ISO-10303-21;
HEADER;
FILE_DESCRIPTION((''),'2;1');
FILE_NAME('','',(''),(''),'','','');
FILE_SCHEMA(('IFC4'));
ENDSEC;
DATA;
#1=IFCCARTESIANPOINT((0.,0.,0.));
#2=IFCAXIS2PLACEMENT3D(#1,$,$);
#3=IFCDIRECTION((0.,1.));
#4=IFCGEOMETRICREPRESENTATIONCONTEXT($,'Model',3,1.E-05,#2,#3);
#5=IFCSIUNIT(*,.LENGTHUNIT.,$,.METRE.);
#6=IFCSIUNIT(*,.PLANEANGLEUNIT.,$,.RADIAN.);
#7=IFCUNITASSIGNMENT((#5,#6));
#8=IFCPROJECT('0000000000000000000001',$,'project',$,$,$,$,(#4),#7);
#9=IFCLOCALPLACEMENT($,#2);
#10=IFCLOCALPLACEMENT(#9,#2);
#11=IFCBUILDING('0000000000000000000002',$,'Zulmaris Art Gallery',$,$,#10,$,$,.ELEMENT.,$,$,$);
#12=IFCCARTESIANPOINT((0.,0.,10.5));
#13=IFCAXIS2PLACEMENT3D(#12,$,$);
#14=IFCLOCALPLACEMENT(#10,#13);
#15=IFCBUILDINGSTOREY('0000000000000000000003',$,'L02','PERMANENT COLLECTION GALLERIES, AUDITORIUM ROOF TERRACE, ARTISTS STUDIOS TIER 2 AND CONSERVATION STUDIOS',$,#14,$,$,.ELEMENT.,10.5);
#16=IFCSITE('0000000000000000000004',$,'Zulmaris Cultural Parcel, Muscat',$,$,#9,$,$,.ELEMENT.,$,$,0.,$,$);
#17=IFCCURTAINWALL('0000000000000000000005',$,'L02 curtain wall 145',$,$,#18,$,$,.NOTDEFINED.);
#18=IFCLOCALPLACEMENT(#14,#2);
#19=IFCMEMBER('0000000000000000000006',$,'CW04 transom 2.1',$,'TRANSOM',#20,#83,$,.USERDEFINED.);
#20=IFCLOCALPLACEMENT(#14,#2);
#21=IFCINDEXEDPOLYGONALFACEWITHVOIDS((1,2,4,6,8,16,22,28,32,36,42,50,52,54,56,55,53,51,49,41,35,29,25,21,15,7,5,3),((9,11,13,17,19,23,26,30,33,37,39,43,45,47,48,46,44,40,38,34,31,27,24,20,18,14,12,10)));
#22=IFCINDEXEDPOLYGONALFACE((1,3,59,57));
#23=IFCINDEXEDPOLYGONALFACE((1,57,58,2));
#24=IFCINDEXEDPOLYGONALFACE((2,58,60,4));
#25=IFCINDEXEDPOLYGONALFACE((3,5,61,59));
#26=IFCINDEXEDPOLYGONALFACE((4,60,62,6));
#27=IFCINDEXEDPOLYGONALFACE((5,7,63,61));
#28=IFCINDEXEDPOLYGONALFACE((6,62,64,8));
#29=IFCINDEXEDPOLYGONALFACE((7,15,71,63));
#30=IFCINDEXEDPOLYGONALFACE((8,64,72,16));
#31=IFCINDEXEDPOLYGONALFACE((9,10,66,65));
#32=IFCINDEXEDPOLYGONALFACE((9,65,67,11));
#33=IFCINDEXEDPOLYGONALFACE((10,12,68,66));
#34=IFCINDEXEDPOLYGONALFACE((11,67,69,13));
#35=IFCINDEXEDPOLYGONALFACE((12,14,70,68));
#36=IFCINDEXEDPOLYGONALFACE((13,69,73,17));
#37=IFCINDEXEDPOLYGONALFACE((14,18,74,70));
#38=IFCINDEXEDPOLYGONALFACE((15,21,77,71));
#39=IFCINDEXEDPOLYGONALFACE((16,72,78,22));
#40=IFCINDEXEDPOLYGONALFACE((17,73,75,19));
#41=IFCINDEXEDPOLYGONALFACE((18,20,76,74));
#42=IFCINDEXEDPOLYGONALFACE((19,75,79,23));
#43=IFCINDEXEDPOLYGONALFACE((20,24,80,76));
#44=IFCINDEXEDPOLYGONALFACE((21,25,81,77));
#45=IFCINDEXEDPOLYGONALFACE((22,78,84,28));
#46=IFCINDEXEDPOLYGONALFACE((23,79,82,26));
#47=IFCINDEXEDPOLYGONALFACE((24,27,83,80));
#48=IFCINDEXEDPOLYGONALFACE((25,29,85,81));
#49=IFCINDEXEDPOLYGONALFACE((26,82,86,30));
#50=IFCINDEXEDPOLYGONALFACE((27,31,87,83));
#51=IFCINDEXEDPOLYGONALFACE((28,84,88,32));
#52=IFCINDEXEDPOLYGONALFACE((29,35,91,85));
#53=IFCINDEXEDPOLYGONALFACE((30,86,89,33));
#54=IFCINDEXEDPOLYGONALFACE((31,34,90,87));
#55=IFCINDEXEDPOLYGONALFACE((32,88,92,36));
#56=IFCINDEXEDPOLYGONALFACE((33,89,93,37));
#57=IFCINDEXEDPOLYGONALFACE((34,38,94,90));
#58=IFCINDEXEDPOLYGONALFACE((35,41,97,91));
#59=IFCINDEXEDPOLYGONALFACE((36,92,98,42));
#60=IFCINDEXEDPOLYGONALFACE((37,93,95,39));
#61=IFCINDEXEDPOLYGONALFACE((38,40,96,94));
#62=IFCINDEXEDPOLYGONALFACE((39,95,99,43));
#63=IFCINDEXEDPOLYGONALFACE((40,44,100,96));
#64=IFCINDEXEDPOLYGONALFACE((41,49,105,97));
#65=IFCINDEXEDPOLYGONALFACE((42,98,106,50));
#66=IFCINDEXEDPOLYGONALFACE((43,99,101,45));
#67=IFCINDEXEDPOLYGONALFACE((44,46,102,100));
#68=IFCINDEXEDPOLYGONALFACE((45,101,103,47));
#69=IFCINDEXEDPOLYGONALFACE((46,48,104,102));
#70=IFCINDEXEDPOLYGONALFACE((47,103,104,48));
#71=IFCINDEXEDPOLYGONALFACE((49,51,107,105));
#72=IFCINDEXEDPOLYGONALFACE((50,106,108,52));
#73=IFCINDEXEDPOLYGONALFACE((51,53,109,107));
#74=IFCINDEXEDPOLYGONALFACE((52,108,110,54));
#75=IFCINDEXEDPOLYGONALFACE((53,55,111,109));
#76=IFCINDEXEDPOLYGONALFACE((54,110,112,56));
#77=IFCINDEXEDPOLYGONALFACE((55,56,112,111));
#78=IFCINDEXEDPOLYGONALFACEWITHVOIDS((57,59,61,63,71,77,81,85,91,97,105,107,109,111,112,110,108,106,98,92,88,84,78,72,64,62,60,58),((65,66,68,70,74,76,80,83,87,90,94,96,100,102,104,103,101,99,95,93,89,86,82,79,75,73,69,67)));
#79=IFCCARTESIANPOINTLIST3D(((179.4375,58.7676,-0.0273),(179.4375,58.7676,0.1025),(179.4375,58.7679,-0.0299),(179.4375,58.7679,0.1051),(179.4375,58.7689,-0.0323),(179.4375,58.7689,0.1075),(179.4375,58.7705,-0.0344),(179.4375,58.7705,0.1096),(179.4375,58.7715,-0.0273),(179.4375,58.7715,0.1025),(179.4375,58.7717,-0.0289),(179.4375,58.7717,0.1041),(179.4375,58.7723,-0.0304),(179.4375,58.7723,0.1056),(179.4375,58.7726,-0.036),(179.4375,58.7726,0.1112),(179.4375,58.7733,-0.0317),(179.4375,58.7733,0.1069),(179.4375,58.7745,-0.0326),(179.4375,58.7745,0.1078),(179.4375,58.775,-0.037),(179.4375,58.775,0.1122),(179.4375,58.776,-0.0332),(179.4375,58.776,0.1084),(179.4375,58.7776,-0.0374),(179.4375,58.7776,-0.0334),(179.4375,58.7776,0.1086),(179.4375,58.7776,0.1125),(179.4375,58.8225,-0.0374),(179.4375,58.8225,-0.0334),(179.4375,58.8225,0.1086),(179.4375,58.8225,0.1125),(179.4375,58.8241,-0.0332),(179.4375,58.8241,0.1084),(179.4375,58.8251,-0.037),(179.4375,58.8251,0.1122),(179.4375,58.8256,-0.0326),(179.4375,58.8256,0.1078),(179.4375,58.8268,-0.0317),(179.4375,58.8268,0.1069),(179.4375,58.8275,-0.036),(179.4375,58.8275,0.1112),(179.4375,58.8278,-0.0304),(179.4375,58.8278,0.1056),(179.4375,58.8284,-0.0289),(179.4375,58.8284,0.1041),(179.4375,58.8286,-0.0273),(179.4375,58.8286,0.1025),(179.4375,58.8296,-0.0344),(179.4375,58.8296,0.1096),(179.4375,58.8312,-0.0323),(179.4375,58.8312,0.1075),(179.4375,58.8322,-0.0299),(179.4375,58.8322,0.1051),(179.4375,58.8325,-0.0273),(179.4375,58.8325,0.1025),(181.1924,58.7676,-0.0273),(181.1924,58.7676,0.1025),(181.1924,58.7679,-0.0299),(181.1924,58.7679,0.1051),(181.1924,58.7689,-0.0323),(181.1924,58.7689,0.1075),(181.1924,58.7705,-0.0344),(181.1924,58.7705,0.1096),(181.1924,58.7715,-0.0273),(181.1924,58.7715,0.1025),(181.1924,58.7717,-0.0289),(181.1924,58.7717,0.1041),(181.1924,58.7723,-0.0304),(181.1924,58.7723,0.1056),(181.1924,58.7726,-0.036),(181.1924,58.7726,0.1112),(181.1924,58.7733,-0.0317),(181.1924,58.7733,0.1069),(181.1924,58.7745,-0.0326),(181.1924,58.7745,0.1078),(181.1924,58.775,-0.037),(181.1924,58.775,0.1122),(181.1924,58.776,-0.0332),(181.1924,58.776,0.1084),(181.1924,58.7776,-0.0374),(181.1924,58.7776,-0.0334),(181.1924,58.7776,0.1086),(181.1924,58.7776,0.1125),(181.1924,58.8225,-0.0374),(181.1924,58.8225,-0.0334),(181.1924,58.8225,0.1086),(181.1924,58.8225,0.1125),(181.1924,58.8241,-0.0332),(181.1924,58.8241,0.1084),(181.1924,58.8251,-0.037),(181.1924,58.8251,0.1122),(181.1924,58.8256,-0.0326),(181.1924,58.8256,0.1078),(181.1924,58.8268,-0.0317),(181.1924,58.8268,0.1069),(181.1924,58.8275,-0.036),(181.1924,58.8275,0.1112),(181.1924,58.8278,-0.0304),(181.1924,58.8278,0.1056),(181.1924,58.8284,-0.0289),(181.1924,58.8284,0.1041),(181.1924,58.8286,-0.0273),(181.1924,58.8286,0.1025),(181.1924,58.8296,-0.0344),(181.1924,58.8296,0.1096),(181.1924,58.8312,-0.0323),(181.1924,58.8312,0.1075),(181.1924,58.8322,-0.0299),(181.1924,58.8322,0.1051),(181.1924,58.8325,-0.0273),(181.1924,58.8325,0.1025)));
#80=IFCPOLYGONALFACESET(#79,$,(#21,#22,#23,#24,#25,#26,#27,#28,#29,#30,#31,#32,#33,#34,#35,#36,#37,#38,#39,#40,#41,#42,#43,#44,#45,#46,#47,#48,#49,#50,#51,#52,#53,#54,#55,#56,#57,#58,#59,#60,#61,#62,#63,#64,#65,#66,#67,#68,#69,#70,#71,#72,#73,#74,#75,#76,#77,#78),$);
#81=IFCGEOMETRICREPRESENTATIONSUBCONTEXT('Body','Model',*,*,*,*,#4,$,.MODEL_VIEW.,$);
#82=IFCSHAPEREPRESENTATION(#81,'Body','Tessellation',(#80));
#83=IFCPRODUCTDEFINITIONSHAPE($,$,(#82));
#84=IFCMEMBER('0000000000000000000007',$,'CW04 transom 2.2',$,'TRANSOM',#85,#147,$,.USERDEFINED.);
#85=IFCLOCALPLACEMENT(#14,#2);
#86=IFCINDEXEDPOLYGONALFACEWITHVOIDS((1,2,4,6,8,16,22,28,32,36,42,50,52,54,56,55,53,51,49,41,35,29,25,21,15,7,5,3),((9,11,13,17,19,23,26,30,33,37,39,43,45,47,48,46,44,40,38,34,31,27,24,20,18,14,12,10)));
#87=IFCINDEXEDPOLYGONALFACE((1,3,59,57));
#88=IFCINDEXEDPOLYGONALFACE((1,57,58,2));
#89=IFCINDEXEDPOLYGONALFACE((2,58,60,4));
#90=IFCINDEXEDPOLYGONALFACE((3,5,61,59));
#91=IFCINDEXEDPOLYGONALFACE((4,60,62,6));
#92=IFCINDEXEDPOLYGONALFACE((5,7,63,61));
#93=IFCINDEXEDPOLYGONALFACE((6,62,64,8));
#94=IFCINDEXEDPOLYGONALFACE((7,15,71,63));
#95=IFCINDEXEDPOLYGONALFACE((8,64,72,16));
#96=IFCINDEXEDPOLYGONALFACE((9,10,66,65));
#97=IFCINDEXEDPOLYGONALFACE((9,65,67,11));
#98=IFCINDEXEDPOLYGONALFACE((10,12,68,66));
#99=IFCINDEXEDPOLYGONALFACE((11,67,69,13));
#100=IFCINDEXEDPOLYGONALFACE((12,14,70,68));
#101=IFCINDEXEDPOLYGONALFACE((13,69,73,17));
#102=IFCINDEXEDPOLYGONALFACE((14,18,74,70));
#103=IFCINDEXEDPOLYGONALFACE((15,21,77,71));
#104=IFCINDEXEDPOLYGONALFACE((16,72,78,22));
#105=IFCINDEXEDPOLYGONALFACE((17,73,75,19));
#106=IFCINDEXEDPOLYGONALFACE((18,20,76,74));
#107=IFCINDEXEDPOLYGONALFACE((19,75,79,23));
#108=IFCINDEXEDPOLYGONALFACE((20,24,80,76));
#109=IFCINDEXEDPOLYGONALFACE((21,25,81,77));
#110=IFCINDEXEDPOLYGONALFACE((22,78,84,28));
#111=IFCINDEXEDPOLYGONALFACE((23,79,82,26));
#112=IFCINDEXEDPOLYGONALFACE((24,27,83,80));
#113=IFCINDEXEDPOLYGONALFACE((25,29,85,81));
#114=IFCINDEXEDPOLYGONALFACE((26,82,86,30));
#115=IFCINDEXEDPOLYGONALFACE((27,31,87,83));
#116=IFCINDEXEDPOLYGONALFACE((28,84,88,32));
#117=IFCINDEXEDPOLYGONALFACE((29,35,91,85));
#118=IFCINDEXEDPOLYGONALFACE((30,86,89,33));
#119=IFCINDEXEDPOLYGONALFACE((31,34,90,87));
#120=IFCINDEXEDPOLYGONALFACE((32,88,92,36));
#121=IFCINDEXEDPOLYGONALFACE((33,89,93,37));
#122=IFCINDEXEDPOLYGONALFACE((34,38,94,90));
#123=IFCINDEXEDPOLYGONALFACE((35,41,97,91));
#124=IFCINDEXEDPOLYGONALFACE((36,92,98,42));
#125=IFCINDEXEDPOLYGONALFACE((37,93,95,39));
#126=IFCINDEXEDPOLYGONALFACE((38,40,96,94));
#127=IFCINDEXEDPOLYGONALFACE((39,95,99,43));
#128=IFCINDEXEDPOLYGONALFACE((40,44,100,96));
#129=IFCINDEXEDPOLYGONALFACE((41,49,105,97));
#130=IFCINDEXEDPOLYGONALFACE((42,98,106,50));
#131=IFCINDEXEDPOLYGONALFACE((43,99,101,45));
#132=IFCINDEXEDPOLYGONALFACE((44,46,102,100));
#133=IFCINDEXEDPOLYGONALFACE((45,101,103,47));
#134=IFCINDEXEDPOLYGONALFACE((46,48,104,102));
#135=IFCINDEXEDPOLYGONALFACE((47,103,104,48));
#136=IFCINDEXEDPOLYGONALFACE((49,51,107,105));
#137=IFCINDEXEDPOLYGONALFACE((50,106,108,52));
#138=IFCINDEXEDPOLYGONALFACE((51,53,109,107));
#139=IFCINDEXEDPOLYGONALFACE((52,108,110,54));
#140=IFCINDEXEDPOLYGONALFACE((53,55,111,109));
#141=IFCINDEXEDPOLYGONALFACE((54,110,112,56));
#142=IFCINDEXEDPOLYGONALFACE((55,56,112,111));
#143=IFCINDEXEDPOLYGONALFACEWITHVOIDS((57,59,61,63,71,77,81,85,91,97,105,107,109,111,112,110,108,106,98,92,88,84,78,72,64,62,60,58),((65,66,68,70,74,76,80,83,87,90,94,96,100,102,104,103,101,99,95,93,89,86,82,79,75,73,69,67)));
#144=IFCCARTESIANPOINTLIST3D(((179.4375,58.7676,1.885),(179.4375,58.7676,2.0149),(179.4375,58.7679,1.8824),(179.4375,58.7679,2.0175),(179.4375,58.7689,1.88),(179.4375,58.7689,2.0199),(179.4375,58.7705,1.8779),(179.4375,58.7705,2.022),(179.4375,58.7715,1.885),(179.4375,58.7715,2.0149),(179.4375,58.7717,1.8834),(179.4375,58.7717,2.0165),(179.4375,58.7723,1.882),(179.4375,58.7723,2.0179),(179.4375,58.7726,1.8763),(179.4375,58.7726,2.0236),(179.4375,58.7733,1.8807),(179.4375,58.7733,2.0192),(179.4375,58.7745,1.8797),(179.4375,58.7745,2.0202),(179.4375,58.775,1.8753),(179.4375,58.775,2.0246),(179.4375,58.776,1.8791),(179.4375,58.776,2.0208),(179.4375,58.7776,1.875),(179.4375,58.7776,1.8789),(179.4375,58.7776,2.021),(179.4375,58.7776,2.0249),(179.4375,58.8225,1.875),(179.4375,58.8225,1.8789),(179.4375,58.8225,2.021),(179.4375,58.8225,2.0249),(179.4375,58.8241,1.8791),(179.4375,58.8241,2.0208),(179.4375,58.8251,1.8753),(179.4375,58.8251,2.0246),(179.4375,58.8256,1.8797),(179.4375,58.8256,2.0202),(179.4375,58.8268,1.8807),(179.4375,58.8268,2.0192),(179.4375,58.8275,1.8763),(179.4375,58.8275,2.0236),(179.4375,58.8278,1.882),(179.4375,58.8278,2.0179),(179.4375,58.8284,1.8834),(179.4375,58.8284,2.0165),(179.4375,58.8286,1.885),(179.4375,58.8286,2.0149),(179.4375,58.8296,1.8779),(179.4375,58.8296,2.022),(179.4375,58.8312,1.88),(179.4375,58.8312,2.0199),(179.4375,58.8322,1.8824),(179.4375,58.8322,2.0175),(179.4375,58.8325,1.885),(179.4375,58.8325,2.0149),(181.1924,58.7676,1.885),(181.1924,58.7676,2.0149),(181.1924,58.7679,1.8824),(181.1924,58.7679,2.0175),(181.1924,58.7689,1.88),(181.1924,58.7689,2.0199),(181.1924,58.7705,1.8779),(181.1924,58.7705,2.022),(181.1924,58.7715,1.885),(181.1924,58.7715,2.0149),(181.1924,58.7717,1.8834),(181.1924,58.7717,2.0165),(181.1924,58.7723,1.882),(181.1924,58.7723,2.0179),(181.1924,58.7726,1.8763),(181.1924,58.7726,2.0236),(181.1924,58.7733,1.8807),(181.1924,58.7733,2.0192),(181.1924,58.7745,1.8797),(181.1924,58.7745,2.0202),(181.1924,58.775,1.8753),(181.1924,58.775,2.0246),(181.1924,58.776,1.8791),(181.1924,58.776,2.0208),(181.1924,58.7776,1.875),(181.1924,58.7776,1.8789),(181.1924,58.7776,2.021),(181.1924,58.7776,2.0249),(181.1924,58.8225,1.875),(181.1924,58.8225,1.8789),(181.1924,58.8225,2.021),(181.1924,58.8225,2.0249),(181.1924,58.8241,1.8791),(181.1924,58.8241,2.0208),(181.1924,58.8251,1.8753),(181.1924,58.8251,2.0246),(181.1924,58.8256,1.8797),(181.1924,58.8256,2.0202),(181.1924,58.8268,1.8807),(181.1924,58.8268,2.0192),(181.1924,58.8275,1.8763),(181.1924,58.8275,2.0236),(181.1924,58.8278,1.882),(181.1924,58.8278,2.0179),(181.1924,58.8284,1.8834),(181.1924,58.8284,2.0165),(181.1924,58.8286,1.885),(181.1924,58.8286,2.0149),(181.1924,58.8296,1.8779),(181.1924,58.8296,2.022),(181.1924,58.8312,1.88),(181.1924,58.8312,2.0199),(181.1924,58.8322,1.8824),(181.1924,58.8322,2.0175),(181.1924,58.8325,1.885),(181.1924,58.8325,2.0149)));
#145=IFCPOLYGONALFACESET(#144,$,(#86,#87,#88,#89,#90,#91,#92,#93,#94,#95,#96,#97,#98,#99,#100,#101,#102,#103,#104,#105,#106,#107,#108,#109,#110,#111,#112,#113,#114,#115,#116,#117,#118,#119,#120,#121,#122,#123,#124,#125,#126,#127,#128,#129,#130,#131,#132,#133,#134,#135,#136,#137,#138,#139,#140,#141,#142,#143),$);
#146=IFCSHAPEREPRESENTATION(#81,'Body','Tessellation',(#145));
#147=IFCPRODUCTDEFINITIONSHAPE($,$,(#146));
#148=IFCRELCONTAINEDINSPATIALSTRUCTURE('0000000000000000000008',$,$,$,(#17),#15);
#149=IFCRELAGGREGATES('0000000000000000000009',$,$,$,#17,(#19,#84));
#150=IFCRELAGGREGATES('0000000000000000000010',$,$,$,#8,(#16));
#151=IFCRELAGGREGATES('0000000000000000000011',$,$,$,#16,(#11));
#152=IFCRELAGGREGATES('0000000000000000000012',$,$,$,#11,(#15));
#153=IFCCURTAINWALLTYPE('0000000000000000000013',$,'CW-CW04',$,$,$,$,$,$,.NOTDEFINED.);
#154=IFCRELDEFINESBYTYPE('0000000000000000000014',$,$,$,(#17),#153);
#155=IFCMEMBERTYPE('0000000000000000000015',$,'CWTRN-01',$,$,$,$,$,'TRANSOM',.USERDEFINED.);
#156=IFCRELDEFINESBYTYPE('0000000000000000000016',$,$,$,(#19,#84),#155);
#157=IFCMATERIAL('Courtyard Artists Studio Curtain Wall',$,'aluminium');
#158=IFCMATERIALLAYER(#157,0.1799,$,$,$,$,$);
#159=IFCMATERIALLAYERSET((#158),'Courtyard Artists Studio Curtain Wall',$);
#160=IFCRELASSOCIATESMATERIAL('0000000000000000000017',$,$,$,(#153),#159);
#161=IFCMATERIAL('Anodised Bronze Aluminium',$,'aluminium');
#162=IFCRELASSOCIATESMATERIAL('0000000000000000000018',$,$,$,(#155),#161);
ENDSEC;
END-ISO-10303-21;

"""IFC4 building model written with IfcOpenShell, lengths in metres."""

from ifc_helpers import new_model, si_unit, direction, frame, origin, origin_2d, place, context, subcontext, project, spatial, hollow_rectangle, extrude, material, layer, layer_set, material_profile, profile_set, type_object, element, aggregate, save


model = new_model("IFC4")

# Units and contexts
model_context = context("Model", 3, precision=1e-05, world=origin(), true_north=direction((0.0, 1.0)))
body_context = subcontext(model_context, "Body", "Model", "MODEL_VIEW")
ifc_project = project(units=[si_unit("LENGTHUNIT", "METRE"), si_unit("PLANEANGLEUNIT", "RADIAN")], contexts=[model_context])

# Site, building, storey
site_placement = place(None, origin())
site = spatial("IfcSite", under=ifc_project, at=site_placement, Name="Zulmaris Cultural Parcel, Muscat", CompositionType="ELEMENT", RefElevation=0.0)
building_placement = place(site_placement, origin())
building = spatial("IfcBuilding", under=site, at=building_placement, Name="Zulmaris Art Gallery", CompositionType="ELEMENT")
storey_placement = place(building_placement, frame((0.0, 0.0, 10.5)))
storey = spatial("IfcBuildingStorey", under=building, at=storey_placement, Name="L02", Description="PERMANENT COLLECTION GALLERIES, AUDITORIUM ROOF TERRACE, ARTISTS STUDIOS TIER 2 AND CONSERVATION STUDIOS", CompositionType="ELEMENT", Elevation=10.5)

# Curtain wall, members
ifc_material_1 = material(Name="Courtyard Artists Studio Curtain Wall", Category="aluminium")
ifc_layer_1 = layer(ifc_material_1, 0.1799)
ifc_layer_set_1 = layer_set([ifc_layer_1], Name="Courtyard Artists Studio Curtain Wall")
curtain_wall_type = type_object("IfcCurtainWallType", Name="CW-CW04", PredefinedType="NOTDEFINED", material=ifc_layer_set_1)
curtain_wall_placement = place(storey_placement, origin())
curtain_wall = element("IfcCurtainWall", 1, at=curtain_wall_placement, inside=storey, type_object=curtain_wall_type, Name="L02 curtain wall 145", PredefinedType="NOTDEFINED")
ifc_material_2 = material(Name="Anodised Bronze Aluminium", Category="aluminium")
ifc_material_profile_1 = material_profile(ifc_material_2, hollow_rectangle(XDim=0.0649, YDim=0.1499, WallThickness=0.0039, InnerFilletRadius=0.0061, OuterFilletRadius=0.01, at=origin_2d()), Name="ALU 65x150x4")
ifc_profile_set_1 = profile_set([ifc_material_profile_1], Name="Anodised Bronze Aluminium")
member_type_1 = type_object("IfcMemberType", Name="CWTRN-01", ElementType="TRANSOM", PredefinedType="USERDEFINED", material=ifc_profile_set_1)
member_1_placement = place(storey_placement, frame((181.1924, 58.8, 0.0376), z_axis=(-1.0, 0.0, 0.0), x_axis=(0.0, -1.0, 0.0)))
member_1 = element("IfcMember", 2, at=member_1_placement, type_object=member_type_1, Name="CW04 transom 2.1", ObjectType="TRANSOM", PredefinedType="USERDEFINED", context=body_context, shape_type="SweptSolid", body=[
    extrude(hollow_rectangle(XDim=0.0649, YDim=0.1499, WallThickness=0.0039, InnerFilletRadius=0.0061, OuterFilletRadius=0.01, at=origin_2d()), origin(), (0.0, 0.0, 1.0), 1.7549),
])
member_2_placement = place(storey_placement, frame((181.1924, 58.8, 1.95), z_axis=(-1.0, 0.0, 0.0), x_axis=(0.0, -1.0, 0.0)))
member_2 = element("IfcMember", 3, at=member_2_placement, type_object=member_type_1, Name="CW04 transom 2.2", ObjectType="TRANSOM", PredefinedType="USERDEFINED", context=body_context, shape_type="SweptSolid", body=[
    extrude(hollow_rectangle(XDim=0.0649, YDim=0.1499, WallThickness=0.0039, InnerFilletRadius=0.0061, OuterFilletRadius=0.01, at=origin_2d()), origin(), (0.0, 0.0, 1.0), 1.7549),
])
aggregate(curtain_wall, [member_1, member_2])

save(model, "model.ifc")
